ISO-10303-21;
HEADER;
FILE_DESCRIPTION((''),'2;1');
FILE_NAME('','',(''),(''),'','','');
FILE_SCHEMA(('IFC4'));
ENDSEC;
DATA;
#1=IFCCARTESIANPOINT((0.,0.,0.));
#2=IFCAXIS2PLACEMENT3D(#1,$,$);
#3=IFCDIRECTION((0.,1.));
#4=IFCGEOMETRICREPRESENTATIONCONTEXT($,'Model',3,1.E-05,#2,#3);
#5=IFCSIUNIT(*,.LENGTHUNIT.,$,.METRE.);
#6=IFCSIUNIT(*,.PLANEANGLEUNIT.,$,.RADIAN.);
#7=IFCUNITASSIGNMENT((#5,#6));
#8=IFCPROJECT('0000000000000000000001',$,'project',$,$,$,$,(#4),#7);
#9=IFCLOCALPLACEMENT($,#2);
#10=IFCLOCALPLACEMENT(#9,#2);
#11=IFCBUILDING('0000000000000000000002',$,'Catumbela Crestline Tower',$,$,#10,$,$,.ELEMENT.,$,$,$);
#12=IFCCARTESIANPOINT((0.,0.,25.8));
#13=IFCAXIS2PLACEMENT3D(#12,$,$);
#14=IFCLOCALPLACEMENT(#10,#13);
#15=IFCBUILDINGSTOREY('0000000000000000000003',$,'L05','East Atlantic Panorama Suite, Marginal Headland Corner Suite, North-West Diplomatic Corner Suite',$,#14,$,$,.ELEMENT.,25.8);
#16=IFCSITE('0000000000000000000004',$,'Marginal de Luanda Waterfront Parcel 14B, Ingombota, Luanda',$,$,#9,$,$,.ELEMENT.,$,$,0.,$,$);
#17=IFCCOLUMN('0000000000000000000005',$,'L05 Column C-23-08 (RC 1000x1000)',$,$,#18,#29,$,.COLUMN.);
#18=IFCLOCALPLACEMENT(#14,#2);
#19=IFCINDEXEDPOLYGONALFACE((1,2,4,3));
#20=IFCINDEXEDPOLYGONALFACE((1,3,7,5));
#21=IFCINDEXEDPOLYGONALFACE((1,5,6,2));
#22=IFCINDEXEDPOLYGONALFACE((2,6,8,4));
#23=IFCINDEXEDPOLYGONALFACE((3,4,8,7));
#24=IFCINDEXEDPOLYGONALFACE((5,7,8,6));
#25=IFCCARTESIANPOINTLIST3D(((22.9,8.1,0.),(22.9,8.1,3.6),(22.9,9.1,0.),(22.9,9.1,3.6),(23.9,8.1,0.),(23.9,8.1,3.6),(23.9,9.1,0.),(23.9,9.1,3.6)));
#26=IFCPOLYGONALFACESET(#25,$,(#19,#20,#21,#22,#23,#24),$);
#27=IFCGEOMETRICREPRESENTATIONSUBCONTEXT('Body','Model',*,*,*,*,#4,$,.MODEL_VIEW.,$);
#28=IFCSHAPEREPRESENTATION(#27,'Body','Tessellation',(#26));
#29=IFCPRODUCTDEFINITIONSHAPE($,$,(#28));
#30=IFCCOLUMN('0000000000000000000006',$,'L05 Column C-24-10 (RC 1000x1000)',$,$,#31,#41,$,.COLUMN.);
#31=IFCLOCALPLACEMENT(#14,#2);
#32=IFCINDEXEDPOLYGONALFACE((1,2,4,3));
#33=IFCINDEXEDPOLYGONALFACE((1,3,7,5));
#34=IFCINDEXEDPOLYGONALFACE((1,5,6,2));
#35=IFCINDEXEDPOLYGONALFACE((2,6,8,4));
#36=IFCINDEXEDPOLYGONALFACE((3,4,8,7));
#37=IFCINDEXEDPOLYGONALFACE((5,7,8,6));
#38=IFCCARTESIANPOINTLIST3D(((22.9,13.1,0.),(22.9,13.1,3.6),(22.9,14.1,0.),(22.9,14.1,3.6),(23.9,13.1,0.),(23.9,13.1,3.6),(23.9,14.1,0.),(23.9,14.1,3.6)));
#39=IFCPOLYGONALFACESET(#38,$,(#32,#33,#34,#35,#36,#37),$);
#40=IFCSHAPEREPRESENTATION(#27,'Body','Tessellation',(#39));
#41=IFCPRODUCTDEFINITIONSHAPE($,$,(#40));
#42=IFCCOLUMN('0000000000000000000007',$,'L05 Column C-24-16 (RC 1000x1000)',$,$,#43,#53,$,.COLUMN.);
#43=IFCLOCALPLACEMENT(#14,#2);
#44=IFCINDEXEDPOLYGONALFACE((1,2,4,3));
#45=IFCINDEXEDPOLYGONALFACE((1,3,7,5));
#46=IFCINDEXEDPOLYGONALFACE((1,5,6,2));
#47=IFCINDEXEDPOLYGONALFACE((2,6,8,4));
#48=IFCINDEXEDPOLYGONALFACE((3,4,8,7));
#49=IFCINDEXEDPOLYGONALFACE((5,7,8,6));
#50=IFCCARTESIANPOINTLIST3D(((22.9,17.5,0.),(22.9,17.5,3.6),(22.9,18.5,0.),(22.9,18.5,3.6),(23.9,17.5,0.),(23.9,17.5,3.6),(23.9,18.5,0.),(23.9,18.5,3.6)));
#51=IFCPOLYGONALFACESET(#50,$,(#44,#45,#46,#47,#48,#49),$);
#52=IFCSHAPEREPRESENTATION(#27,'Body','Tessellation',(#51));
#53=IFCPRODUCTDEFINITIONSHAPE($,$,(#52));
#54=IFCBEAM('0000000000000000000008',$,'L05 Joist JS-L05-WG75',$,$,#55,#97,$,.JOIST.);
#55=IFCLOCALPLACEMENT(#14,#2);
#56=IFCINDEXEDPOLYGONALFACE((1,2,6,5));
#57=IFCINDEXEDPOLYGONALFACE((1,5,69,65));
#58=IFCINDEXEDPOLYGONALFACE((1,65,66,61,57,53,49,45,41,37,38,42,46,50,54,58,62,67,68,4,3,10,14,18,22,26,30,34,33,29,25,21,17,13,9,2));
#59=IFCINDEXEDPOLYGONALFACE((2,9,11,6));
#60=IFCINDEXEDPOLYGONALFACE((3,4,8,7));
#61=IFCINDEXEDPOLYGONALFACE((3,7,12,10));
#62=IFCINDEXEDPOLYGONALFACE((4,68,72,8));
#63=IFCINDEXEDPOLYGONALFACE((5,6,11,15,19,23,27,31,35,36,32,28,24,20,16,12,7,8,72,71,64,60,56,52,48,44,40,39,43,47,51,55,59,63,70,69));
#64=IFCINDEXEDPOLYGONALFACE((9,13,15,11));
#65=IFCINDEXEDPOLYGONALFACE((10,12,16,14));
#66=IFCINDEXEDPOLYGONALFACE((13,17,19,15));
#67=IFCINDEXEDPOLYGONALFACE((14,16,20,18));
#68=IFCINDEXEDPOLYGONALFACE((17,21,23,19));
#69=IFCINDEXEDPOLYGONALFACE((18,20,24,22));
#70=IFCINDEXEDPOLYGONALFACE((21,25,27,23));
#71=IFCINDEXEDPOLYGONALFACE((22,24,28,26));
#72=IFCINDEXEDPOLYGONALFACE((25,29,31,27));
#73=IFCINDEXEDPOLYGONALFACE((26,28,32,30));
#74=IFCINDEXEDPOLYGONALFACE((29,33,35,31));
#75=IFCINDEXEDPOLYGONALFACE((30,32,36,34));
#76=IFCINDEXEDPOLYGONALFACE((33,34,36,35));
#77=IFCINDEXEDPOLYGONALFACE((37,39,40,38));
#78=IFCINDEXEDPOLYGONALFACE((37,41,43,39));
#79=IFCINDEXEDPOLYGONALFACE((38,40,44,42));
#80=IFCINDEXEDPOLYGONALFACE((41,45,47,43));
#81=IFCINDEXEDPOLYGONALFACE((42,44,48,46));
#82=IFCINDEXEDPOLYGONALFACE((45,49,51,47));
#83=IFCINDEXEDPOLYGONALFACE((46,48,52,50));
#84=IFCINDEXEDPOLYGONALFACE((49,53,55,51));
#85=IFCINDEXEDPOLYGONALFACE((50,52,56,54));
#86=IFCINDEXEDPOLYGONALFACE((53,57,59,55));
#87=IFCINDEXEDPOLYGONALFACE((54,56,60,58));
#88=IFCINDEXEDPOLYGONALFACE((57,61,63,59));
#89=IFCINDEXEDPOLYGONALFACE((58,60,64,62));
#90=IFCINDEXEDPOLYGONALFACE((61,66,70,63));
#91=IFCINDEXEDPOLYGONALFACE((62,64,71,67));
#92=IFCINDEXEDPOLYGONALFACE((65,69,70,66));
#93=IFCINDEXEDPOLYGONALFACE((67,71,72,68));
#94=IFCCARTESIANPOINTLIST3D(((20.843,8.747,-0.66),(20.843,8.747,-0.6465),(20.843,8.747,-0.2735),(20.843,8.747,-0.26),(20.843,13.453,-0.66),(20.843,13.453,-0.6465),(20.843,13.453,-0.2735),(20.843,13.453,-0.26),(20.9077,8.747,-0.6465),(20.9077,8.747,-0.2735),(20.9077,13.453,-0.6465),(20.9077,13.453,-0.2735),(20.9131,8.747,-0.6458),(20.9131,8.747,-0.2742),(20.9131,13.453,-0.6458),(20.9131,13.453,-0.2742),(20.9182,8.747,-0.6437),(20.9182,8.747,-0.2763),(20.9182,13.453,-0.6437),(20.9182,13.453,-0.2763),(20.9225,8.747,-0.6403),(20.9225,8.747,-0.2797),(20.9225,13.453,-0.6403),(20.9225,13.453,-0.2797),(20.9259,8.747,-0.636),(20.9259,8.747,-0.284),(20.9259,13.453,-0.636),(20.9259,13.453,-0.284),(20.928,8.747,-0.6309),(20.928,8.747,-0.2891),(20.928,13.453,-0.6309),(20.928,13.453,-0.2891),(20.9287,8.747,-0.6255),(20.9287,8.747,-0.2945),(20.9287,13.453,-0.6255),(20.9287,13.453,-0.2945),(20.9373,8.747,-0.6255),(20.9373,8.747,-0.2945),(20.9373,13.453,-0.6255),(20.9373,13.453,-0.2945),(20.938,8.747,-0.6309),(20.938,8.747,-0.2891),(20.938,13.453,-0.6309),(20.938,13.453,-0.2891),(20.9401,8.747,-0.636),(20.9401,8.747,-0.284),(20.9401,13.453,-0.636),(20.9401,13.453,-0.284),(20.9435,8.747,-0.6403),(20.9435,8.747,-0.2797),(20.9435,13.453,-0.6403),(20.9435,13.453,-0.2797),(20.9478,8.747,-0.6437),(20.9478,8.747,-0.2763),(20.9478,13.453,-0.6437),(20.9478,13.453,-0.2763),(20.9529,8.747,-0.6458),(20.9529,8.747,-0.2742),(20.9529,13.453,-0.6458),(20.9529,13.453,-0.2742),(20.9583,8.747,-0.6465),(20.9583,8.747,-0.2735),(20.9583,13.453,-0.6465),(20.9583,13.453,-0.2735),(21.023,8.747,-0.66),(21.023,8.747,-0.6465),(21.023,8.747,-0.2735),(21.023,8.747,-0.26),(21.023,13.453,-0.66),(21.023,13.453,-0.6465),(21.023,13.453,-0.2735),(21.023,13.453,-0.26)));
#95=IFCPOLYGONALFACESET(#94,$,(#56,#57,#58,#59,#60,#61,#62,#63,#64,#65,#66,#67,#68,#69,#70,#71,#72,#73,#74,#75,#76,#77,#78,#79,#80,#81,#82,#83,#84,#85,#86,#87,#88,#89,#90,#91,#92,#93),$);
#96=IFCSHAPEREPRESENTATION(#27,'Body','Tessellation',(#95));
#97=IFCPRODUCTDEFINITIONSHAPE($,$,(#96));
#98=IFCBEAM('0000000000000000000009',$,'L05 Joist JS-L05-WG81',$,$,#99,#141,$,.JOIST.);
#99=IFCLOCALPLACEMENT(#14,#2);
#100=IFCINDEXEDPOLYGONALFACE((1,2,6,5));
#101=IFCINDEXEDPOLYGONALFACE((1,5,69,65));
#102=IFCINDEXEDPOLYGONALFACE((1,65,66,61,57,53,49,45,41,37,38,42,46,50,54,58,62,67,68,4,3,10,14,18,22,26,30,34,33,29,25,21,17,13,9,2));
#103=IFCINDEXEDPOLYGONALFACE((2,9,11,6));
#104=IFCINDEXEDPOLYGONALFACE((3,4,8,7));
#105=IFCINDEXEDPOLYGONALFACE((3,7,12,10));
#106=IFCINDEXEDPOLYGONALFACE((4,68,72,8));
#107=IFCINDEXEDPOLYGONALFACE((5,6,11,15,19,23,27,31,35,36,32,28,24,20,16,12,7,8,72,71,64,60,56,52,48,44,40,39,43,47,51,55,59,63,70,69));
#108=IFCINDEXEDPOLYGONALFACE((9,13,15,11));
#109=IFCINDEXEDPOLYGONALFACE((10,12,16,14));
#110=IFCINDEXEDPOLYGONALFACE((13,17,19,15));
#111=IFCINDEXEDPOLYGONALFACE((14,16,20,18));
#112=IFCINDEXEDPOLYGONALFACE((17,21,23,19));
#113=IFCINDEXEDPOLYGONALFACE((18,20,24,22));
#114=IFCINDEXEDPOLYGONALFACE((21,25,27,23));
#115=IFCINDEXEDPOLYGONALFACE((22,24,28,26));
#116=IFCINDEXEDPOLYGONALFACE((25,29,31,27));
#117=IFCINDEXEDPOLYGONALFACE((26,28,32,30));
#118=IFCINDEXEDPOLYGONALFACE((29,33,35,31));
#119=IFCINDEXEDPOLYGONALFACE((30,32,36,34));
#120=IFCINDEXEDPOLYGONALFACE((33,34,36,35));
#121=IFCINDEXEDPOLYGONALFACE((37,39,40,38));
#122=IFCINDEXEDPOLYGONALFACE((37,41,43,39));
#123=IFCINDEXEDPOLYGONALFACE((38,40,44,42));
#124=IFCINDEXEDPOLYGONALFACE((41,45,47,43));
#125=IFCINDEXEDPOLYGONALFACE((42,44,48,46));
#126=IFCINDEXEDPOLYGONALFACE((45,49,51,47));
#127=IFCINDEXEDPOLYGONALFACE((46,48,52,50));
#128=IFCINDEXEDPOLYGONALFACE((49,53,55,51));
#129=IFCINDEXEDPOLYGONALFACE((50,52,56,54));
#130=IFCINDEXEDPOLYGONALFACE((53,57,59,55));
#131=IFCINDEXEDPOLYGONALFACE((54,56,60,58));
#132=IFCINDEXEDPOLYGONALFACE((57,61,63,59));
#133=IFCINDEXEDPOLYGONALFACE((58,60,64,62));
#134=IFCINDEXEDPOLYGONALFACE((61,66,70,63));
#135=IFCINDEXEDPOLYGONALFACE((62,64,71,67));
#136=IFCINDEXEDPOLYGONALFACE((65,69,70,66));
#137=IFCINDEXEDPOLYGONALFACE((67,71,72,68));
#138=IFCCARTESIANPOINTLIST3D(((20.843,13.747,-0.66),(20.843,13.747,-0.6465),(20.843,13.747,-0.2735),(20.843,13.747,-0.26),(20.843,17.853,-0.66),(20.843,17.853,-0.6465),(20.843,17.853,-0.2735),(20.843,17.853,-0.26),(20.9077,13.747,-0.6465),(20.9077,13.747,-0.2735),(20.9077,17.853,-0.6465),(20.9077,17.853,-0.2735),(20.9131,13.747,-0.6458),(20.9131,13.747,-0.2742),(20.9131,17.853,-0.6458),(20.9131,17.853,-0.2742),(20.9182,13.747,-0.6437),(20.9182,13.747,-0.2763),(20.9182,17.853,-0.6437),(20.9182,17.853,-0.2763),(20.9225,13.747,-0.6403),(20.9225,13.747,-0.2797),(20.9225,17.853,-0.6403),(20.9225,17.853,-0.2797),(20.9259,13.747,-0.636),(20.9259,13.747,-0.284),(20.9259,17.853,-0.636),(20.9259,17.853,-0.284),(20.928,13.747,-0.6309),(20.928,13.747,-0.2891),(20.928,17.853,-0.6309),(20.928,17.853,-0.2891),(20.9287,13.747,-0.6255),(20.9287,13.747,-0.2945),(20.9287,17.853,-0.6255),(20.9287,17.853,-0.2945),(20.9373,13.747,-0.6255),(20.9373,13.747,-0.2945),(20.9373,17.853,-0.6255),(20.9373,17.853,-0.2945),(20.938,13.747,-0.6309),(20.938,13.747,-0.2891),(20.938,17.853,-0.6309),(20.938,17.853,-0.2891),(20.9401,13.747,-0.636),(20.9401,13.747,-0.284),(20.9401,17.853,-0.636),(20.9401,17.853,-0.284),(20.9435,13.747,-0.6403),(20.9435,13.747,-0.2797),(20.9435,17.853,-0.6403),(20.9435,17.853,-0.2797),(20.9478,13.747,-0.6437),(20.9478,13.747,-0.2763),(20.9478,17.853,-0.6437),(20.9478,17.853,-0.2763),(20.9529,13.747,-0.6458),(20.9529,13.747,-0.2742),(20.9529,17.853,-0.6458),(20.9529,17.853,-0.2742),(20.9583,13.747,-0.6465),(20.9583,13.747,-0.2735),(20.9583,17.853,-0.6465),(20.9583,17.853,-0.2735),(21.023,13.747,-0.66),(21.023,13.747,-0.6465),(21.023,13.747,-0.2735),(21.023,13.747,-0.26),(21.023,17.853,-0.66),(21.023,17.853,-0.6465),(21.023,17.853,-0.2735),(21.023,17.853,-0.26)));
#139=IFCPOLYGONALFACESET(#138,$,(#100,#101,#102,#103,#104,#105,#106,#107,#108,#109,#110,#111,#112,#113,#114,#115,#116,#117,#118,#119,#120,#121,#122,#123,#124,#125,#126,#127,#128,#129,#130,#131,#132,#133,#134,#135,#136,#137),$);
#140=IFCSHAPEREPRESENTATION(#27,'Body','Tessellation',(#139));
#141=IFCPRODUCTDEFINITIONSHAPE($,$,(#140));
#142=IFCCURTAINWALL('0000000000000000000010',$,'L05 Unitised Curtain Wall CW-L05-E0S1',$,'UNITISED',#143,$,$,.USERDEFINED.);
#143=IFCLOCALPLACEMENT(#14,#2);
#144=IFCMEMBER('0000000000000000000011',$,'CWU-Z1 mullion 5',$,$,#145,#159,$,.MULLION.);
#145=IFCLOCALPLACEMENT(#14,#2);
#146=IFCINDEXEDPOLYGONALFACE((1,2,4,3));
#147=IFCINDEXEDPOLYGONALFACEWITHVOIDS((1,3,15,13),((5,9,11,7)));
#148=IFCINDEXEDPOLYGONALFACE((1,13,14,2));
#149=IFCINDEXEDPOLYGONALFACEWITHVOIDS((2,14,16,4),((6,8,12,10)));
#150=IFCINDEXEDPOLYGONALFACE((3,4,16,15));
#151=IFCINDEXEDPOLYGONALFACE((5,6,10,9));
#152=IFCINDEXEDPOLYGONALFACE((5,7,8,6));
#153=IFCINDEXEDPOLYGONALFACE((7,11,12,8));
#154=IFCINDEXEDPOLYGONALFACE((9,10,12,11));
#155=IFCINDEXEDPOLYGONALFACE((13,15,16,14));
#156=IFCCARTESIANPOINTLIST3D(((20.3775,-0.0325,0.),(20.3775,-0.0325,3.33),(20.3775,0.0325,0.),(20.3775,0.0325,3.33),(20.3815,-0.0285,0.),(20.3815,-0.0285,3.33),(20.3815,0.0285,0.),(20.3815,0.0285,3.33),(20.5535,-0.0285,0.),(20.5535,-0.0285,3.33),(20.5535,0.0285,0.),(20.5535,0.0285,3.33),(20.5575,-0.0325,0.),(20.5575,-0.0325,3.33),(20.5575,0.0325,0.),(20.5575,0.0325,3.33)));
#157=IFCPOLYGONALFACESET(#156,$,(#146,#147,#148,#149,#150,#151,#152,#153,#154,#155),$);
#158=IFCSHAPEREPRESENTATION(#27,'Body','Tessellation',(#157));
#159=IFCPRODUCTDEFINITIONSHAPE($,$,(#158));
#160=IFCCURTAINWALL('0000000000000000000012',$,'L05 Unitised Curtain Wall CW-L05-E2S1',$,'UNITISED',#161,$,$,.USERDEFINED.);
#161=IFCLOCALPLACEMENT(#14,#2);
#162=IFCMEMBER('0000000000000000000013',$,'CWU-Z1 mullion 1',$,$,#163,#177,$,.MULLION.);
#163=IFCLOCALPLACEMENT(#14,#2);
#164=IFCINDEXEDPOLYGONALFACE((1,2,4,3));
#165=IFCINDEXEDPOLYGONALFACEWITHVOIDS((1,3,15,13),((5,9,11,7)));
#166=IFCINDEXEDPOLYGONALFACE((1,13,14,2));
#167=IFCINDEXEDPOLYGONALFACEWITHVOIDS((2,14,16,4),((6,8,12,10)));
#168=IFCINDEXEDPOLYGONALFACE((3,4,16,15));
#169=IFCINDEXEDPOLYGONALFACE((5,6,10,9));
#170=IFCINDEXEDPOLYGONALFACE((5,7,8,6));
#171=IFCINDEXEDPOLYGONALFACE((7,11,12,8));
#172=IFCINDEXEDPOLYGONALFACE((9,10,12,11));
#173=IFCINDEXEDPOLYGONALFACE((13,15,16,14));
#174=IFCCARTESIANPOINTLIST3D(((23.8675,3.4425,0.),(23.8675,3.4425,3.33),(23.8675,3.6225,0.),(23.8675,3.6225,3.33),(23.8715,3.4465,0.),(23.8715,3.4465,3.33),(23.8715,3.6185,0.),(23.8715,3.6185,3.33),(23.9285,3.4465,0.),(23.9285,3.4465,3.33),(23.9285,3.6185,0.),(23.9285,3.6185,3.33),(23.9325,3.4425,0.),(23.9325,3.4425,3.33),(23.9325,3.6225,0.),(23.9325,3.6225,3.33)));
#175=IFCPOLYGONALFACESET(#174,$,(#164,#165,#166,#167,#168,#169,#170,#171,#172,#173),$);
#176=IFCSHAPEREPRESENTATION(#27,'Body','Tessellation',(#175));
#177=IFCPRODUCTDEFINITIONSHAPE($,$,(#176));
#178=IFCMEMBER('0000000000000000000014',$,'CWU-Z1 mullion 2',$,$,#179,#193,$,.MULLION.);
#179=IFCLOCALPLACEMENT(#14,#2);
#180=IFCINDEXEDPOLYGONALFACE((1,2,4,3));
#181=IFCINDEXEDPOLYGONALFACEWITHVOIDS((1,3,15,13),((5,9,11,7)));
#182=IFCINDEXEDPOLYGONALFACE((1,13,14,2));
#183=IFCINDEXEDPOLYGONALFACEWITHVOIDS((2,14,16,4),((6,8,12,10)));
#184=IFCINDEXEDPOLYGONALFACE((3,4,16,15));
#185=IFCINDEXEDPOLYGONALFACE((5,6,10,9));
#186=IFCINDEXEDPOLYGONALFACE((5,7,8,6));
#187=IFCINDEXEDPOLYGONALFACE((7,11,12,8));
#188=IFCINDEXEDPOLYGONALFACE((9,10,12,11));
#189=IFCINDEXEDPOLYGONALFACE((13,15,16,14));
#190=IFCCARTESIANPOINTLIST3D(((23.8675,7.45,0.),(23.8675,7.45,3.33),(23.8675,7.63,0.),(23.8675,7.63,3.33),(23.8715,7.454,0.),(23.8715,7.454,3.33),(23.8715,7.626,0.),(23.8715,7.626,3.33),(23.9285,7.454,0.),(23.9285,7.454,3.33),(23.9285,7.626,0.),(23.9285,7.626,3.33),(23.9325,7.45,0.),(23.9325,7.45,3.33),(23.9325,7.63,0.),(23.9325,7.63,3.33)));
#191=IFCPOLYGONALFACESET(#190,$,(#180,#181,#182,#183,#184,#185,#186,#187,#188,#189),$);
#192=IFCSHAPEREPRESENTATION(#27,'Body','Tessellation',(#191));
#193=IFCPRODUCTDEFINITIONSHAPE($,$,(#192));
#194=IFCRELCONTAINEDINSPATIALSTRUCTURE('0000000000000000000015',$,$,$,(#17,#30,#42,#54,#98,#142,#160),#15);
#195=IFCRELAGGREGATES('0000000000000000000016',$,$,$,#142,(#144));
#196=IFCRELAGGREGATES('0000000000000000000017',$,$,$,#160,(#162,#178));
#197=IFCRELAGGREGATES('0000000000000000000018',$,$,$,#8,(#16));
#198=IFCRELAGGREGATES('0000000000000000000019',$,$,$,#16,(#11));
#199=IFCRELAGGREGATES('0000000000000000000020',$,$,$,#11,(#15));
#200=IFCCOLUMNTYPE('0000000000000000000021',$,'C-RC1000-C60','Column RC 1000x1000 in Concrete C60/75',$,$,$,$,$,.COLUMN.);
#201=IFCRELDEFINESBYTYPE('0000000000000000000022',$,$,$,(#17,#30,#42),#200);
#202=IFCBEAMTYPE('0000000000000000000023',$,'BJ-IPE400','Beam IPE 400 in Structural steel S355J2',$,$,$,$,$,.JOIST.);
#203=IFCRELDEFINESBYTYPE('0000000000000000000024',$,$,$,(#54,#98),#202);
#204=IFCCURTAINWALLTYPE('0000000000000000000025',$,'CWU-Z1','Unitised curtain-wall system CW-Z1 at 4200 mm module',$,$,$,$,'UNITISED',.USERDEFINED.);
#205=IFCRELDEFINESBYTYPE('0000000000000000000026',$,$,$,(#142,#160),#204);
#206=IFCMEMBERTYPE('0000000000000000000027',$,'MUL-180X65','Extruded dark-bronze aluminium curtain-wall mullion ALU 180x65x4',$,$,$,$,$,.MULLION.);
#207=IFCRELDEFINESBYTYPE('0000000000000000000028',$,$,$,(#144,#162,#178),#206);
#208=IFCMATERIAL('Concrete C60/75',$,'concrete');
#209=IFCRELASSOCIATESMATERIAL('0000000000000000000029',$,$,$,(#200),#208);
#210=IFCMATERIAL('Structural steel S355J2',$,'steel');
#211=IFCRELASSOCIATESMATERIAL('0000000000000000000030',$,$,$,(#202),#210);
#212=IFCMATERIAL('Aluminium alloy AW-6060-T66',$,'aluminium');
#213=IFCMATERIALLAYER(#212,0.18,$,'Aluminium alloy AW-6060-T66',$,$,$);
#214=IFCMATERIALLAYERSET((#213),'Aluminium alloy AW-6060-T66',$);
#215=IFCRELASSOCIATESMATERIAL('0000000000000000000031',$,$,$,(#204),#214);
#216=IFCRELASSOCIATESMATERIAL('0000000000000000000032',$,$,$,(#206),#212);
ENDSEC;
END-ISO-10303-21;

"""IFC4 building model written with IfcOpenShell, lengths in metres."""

from ifc_helpers import new_model, si_unit, direction, frame, origin, origin_2d, place, context, subcontext, project, spatial, rectangle, hollow_rectangle, i_section, extrude, material, layer, layer_set, material_profile, profile_set, type_object, element, aggregate, save


model = new_model("IFC4")

# Units and contexts
model_context = context("Model", 3, precision=1e-05, world=origin(), true_north=direction((0.0, 1.0)))
body_context = subcontext(model_context, "Body", "Model", "MODEL_VIEW")
ifc_project = project(units=[si_unit("LENGTHUNIT", "METRE"), si_unit("PLANEANGLEUNIT", "RADIAN")], contexts=[model_context])

# Site, building, storey
site_placement = place(None, origin())
site = spatial("IfcSite", under=ifc_project, at=site_placement, Name="Marginal de Luanda Waterfront Parcel 14B, Ingombota, Luanda", CompositionType="ELEMENT", RefElevation=0.0)
building_placement = place(site_placement, origin())
building = spatial("IfcBuilding", under=site, at=building_placement, Name="Catumbela Crestline Tower", CompositionType="ELEMENT")
storey_placement = place(building_placement, frame((0.0, 0.0, 25.8)))
storey = spatial("IfcBuildingStorey", under=building, at=storey_placement, Name="L05", Description="East Atlantic Panorama Suite, Marginal Headland Corner Suite, North-West Diplomatic Corner Suite", CompositionType="ELEMENT", Elevation=25.8)

# Columns
ifc_material_1 = material(Name="Concrete C60/75", Category="concrete")
ifc_material_profile_1 = material_profile(ifc_material_1, rectangle(XDim=1.0, YDim=1.0, at=origin_2d()), Name="RC 1000x1000")
ifc_profile_set_1 = profile_set([ifc_material_profile_1], Name="Concrete C60/75")
column_type = type_object("IfcColumnType", Name="C-RC1000-C60", Description="Column RC 1000x1000 in Concrete C60/75", PredefinedType="COLUMN", material=ifc_profile_set_1)
for number, where, z_axis, x_axis, name in (
    (1, (23.4, 8.6, 0.0), (0.0, 0.0, 1.0), (1.0, 0.0, 0.0), "L05 Column C-23-08 (RC 1000x1000)"),
    (2, (23.4, 13.6, 0.0), (0.0, 0.0, 1.0), (1.0, 0.0, 0.0), "L05 Column C-24-10 (RC 1000x1000)"),
    (3, (23.4, 18.0, 0.0), (0.0, 0.0, 1.0), (1.0, 0.0, 0.0), "L05 Column C-24-16 (RC 1000x1000)"),
):
    element("IfcColumn", number, at=place(storey_placement, frame(where, z_axis=z_axis, x_axis=x_axis)), inside=storey, type_object=column_type, Name=name, PredefinedType="COLUMN", context=body_context, shape_type="SweptSolid", body=[
        extrude(rectangle(XDim=1.0, YDim=1.0, at=origin_2d()), origin(), (0.0, 0.0, 1.0), 3.6),
    ])

# Beams
ifc_material_2 = material(Name="Structural steel S355J2", Category="steel")
ifc_material_profile_2 = material_profile(ifc_material_2, i_section(OverallWidth=0.18, OverallDepth=0.4, WebThickness=0.0086, FlangeThickness=0.0135, FilletRadius=0.021, at=origin_2d()), Name="IPE 400")
ifc_profile_set_2 = profile_set([ifc_material_profile_2], Name="Structural steel S355J2")
beam_type_1 = type_object("IfcBeamType", Name="BJ-IPE400", Description="Beam IPE 400 in Structural steel S355J2", PredefinedType="JOIST", material=ifc_profile_set_2)
beam_1_placement = place(storey_placement, frame((20.933, 8.747, -0.46), z_axis=(0.0, 1.0, 0.0), x_axis=(-1.0, 0.0, 0.0)))
element("IfcBeam", 4, at=beam_1_placement, inside=storey, type_object=beam_type_1, Name="L05 Joist JS-L05-WG75", PredefinedType="JOIST", context=body_context, shape_type="SweptSolid", body=[
    extrude(i_section(OverallWidth=0.18, OverallDepth=0.4, WebThickness=0.0086, FlangeThickness=0.0135, FilletRadius=0.021, at=origin_2d()), origin(), (0.0, 0.0, 1.0), 4.706),
])
beam_2_placement = place(storey_placement, frame((20.933, 13.747, -0.46), z_axis=(0.0, 1.0, 0.0), x_axis=(-1.0, 0.0, 0.0)))
element("IfcBeam", 5, at=beam_2_placement, inside=storey, type_object=beam_type_1, Name="L05 Joist JS-L05-WG81", PredefinedType="JOIST", context=body_context, shape_type="SweptSolid", body=[
    extrude(i_section(OverallWidth=0.18, OverallDepth=0.4, WebThickness=0.0086, FlangeThickness=0.0135, FilletRadius=0.021, at=origin_2d()), origin(), (0.0, 0.0, 1.0), 4.106),
])

# Curtain wall, member
ifc_material_3 = material(Name="Aluminium alloy AW-6060-T66", Category="aluminium")
ifc_layer_1 = layer(ifc_material_3, 0.18, Name="Aluminium alloy AW-6060-T66")
ifc_layer_set_1 = layer_set([ifc_layer_1], Name="Aluminium alloy AW-6060-T66")
curtain_wall_type = type_object("IfcCurtainWallType", Name="CWU-Z1", Description="Unitised curtain-wall system CW-Z1 at 4200 mm module", ElementType="UNITISED", PredefinedType="USERDEFINED", material=ifc_layer_set_1)
curtain_wall_1_placement = place(storey_placement, origin())
curtain_wall_1 = element("IfcCurtainWall", 6, at=curtain_wall_1_placement, inside=storey, type_object=curtain_wall_type, Name="L05 Unitised Curtain Wall CW-L05-E0S1", ObjectType="UNITISED", PredefinedType="USERDEFINED")
ifc_material_profile_3 = material_profile(ifc_material_3, hollow_rectangle(XDim=0.065, YDim=0.18, WallThickness=0.004, at=origin_2d()), Name="ALU 180x65x4")
ifc_profile_set_3 = profile_set([ifc_material_profile_3], Name="Aluminium alloy AW-6060-T66")
member_type_1 = type_object("IfcMemberType", Name="MUL-180X65", Description="Extruded dark-bronze aluminium curtain-wall mullion ALU 180x65x4", PredefinedType="MULLION", material=ifc_profile_set_3)
member_1_placement = place(storey_placement, frame((20.4675, 0.0, 0.0), z_axis=(0.0, 0.0, 1.0), x_axis=(0.0, 1.0, 0.0)))
member_1 = element("IfcMember", 7, at=member_1_placement, type_object=member_type_1, Name="CWU-Z1 mullion 5", PredefinedType="MULLION", context=body_context, shape_type="SweptSolid", body=[
    extrude(hollow_rectangle(XDim=0.065, YDim=0.18, WallThickness=0.004, at=origin_2d()), origin(), (0.0, 0.0, 1.0), 3.33),
])
aggregate(curtain_wall_1, [member_1])

# Curtain wall, members
curtain_wall_2_placement = place(storey_placement, origin())
curtain_wall_2 = element("IfcCurtainWall", 8, at=curtain_wall_2_placement, inside=storey, type_object=curtain_wall_type, Name="L05 Unitised Curtain Wall CW-L05-E2S1", ObjectType="UNITISED", PredefinedType="USERDEFINED")
member_2_placement = place(storey_placement, frame((23.9, 3.5325, 0.0), z_axis=(0.0, 0.0, 1.0), x_axis=(-1.0, 0.0, 0.0)))
member_2 = element("IfcMember", 9, at=member_2_placement, type_object=member_type_1, Name="CWU-Z1 mullion 1", PredefinedType="MULLION", context=body_context, shape_type="SweptSolid", body=[
    extrude(hollow_rectangle(XDim=0.065, YDim=0.18, WallThickness=0.004, at=origin_2d()), origin(), (0.0, 0.0, 1.0), 3.33),
])
member_3_placement = place(storey_placement, frame((23.9, 7.54, 0.0), z_axis=(0.0, 0.0, 1.0), x_axis=(-1.0, 0.0, 0.0)))
member_3 = element("IfcMember", 10, at=member_3_placement, type_object=member_type_1, Name="CWU-Z1 mullion 2", PredefinedType="MULLION", context=body_context, shape_type="SweptSolid", body=[
    extrude(hollow_rectangle(XDim=0.065, YDim=0.18, WallThickness=0.004, at=origin_2d()), origin(), (0.0, 0.0, 1.0), 3.33),
])

aggregate(curtain_wall_2, [member_2, member_3])

save(model, "model.ifc")
